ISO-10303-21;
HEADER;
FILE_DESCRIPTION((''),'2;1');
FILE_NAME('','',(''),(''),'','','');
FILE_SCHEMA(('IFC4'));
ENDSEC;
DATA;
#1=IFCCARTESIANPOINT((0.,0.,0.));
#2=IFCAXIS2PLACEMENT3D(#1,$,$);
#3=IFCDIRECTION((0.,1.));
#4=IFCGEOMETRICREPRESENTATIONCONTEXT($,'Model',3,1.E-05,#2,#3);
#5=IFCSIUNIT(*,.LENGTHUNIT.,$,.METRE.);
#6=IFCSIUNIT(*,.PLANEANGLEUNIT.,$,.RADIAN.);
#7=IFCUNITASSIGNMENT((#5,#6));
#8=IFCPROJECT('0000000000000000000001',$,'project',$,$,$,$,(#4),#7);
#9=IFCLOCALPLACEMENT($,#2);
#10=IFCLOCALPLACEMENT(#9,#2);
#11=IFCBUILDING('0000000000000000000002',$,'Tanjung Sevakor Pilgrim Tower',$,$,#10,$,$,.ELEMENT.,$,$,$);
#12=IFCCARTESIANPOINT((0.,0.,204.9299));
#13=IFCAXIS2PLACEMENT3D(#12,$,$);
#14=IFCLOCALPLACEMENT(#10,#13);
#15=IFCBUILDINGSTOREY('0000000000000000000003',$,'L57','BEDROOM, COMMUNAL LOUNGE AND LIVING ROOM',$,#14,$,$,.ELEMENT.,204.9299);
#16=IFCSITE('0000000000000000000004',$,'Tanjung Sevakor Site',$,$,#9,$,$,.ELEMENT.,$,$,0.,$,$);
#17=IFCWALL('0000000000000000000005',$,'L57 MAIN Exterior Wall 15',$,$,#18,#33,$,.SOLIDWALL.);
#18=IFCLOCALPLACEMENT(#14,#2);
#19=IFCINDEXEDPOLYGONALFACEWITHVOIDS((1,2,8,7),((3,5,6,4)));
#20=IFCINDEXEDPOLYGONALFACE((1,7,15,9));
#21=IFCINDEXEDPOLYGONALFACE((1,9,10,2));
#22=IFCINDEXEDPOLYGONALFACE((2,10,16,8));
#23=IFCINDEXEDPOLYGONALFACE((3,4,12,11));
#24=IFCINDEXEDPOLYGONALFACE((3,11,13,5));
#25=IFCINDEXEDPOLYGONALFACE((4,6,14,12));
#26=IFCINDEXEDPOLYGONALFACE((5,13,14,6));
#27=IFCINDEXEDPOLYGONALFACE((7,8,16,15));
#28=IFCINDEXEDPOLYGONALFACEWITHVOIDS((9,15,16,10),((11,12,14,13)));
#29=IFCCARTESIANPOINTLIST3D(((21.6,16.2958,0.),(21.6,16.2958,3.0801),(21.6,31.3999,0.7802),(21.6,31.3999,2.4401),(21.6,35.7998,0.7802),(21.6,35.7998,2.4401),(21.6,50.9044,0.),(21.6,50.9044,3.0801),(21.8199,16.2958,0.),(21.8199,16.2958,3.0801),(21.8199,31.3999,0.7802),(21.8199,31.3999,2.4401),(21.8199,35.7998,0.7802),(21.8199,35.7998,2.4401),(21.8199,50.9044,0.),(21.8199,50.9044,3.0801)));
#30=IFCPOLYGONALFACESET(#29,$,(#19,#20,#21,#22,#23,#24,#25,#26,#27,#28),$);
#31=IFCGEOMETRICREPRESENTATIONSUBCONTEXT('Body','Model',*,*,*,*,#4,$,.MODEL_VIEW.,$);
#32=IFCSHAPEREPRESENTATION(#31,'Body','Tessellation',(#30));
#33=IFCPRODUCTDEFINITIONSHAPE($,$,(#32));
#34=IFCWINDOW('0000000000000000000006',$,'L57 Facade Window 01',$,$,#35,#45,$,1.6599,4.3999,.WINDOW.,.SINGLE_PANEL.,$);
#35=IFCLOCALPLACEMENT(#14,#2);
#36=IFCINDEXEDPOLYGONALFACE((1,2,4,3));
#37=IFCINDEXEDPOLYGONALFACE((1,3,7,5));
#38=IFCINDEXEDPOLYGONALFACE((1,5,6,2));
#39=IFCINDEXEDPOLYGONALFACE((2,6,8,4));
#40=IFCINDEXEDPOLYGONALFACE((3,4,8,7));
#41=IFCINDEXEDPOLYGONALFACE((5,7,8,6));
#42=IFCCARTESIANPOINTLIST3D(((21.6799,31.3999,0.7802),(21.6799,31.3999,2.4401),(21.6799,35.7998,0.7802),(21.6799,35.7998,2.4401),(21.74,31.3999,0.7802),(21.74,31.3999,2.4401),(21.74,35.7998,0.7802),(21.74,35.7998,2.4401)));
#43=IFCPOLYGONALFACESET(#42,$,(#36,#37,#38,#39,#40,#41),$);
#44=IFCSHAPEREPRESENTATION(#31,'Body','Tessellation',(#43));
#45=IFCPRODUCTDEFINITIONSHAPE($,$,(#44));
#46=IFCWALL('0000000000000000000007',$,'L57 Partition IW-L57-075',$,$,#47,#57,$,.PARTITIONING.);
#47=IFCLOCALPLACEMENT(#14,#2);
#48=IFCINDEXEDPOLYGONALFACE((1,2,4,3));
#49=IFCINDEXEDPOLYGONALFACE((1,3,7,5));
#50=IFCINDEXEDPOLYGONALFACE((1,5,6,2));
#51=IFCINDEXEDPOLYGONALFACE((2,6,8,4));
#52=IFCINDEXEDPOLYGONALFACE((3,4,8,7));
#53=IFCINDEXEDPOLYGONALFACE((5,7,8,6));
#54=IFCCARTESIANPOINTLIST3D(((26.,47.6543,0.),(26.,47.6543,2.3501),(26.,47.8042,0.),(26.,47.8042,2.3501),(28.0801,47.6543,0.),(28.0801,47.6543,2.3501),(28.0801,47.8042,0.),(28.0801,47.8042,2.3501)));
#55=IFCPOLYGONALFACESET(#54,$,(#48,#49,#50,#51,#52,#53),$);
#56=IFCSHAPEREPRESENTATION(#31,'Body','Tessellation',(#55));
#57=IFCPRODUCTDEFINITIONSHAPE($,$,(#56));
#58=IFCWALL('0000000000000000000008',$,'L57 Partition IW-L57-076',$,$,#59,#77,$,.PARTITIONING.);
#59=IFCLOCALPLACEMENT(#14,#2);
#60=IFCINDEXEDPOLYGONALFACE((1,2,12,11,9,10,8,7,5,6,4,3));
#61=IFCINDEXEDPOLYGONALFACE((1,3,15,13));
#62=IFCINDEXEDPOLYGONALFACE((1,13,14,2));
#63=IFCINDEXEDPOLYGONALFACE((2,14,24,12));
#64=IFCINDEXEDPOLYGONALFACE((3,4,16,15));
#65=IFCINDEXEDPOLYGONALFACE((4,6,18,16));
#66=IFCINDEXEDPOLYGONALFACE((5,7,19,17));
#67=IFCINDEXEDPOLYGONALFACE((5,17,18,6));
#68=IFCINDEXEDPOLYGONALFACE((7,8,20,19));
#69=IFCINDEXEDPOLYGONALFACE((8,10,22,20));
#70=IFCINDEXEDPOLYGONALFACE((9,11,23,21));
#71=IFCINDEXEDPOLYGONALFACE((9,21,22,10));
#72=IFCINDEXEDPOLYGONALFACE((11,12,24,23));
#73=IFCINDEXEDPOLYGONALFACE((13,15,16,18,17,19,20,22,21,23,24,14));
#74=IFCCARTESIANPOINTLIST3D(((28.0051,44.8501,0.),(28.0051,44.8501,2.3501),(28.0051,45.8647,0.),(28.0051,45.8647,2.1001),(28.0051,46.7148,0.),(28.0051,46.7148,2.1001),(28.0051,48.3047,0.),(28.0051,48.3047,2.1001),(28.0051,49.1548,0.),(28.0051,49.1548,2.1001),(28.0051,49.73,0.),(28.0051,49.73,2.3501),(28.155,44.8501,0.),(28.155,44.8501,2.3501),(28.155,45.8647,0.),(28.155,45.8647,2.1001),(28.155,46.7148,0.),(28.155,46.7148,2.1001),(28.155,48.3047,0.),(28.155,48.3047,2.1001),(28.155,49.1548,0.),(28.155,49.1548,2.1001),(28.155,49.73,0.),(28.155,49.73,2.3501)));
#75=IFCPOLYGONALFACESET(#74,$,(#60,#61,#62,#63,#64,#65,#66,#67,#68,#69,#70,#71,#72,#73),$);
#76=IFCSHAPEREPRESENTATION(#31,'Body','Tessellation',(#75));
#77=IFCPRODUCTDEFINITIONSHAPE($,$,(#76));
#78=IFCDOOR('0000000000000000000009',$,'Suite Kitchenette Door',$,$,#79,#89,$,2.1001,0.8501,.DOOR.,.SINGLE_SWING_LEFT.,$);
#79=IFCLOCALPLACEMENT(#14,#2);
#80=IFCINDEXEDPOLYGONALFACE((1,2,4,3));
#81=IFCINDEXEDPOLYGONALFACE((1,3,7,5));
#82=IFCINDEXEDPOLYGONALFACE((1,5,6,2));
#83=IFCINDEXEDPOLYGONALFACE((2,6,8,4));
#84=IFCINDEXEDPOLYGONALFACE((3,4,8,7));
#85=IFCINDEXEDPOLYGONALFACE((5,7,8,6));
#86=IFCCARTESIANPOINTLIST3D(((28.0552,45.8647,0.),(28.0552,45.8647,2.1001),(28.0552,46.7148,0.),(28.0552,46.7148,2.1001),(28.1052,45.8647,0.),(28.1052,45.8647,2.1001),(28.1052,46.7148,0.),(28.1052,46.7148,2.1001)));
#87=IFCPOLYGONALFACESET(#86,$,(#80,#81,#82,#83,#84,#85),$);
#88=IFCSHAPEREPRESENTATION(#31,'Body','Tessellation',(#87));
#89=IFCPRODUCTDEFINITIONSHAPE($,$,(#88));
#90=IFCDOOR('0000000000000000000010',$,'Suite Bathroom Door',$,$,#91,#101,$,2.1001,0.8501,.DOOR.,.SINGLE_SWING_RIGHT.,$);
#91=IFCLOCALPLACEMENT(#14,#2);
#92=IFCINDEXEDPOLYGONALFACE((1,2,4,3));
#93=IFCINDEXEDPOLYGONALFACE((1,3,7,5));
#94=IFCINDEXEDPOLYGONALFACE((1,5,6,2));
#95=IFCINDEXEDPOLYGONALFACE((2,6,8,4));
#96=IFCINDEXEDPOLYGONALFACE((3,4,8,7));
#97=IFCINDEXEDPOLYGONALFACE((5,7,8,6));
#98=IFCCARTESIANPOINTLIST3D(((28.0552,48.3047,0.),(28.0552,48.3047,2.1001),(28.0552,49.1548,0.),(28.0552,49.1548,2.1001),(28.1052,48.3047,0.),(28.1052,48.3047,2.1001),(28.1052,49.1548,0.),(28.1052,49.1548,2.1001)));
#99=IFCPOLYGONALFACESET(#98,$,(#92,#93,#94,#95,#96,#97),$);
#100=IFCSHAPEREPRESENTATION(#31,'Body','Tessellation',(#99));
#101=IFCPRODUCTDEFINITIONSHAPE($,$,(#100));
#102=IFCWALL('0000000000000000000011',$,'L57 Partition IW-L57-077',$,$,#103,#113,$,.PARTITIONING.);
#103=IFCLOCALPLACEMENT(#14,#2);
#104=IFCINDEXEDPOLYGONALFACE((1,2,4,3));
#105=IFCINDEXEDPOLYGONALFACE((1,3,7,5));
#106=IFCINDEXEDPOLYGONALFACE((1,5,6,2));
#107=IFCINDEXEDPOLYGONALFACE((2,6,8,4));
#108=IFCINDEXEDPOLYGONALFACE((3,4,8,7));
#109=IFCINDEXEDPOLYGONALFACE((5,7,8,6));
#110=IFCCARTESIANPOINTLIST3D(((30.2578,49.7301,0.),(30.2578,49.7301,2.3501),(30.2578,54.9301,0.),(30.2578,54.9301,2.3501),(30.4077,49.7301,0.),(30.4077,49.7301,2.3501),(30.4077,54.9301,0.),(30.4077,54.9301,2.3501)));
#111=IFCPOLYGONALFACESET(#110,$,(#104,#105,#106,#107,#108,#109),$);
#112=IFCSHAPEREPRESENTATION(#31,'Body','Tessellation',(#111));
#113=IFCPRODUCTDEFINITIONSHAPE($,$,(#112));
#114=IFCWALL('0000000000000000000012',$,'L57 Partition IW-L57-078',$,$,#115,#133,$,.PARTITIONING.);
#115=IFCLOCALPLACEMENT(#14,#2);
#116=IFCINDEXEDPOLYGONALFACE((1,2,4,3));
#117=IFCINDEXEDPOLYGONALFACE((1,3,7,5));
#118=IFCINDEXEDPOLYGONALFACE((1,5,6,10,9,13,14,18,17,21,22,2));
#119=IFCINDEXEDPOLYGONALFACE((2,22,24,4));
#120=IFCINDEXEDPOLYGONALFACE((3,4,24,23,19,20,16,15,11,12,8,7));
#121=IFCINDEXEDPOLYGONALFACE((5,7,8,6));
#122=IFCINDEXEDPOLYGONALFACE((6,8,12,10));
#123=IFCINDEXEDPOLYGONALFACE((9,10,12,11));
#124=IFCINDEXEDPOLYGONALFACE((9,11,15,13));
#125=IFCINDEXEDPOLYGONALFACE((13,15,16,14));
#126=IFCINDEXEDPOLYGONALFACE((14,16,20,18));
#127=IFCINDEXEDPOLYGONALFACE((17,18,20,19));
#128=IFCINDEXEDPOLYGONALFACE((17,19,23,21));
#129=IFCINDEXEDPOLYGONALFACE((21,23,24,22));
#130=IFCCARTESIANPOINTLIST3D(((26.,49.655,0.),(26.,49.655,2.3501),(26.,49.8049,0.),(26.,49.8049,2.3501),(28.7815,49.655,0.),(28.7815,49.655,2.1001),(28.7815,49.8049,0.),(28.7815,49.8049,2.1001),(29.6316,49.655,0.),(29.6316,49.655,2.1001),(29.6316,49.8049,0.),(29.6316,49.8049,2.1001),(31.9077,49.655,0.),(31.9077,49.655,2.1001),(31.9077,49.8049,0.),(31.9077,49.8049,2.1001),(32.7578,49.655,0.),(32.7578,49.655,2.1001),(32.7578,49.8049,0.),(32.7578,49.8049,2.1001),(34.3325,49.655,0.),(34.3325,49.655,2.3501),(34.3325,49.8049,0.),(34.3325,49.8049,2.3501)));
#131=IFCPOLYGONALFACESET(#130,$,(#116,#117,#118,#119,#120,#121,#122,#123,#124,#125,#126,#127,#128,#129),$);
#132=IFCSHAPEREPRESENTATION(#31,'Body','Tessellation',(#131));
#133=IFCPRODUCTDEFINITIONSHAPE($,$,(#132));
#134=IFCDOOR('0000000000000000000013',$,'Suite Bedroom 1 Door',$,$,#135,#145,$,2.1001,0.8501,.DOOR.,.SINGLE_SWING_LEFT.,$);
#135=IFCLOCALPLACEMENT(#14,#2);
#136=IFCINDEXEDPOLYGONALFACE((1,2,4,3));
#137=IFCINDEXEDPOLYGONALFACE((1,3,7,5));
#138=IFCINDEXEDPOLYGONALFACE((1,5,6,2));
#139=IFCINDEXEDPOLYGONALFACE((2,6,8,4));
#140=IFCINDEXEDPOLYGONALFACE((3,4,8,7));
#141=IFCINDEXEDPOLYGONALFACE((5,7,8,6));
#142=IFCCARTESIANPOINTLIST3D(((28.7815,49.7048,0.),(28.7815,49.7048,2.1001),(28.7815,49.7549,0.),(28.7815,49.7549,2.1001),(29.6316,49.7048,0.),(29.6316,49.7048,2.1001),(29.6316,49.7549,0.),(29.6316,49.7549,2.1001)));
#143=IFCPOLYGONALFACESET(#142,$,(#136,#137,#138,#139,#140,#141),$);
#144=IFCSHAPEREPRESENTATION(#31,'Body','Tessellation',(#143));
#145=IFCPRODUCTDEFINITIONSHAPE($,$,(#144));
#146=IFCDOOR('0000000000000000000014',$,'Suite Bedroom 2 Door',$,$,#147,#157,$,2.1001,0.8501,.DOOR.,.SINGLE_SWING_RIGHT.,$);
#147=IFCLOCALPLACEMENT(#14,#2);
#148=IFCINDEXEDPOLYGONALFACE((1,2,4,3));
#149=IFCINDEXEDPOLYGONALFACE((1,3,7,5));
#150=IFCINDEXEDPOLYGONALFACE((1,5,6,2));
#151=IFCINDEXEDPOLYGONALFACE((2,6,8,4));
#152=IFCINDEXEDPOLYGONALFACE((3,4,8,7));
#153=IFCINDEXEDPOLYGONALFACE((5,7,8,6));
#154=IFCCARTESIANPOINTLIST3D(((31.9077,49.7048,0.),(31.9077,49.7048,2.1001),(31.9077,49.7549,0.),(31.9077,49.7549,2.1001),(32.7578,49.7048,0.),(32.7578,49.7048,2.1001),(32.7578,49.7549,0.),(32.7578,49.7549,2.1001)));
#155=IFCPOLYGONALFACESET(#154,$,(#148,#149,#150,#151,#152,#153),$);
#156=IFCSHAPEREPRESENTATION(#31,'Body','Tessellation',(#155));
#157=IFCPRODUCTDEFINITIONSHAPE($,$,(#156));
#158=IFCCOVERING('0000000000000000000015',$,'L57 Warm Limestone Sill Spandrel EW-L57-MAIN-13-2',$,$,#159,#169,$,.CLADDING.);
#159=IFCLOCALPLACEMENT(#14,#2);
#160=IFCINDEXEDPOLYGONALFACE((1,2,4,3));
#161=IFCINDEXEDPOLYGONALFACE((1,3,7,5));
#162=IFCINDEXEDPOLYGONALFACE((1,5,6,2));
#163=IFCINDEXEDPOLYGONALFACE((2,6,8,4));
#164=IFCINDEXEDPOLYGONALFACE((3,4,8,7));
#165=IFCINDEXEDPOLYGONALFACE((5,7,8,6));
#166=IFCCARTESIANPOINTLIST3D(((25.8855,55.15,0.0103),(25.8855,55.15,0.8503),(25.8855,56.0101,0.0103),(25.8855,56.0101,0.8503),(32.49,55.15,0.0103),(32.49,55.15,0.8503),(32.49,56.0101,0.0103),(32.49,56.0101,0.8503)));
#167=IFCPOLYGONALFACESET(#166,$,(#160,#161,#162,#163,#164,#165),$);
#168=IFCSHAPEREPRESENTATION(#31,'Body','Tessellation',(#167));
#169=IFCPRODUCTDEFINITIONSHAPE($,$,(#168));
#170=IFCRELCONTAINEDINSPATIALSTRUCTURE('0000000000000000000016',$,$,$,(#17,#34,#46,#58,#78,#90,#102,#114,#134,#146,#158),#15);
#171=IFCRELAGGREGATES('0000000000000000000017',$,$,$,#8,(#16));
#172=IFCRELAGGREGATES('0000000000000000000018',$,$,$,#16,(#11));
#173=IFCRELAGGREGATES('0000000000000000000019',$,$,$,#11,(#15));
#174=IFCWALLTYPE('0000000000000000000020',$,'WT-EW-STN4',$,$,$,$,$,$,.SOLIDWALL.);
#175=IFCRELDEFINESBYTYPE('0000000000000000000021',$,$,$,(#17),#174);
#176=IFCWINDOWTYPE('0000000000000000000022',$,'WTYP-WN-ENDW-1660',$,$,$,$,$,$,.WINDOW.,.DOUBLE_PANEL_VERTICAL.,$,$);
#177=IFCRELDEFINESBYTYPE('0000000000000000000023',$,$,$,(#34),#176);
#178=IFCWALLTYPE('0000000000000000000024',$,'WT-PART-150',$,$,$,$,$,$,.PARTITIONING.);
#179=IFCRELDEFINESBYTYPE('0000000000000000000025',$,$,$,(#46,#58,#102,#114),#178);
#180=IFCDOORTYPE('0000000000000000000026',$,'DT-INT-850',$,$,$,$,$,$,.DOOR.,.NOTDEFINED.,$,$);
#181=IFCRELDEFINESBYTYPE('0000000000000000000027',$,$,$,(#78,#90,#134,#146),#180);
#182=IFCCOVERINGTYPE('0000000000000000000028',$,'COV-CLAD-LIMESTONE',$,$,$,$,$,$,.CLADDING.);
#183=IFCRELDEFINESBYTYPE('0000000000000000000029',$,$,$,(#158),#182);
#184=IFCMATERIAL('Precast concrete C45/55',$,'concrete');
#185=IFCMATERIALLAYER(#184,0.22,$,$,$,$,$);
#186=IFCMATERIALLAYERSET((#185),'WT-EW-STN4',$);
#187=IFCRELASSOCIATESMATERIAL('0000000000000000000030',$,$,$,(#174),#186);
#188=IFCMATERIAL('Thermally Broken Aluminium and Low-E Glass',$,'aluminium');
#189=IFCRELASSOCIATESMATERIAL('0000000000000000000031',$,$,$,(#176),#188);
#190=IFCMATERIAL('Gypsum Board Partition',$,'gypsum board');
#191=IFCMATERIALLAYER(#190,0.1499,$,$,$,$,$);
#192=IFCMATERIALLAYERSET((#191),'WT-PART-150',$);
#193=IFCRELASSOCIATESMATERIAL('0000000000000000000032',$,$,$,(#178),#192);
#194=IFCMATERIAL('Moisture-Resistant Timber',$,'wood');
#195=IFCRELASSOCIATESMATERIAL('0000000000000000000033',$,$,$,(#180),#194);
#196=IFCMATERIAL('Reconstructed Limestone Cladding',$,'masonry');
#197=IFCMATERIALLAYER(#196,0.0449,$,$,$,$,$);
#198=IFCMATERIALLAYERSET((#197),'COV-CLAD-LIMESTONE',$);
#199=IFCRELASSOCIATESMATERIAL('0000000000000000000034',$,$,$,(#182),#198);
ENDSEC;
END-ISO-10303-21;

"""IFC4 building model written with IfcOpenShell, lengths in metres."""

from ifc_helpers import new_model, si_unit, direction, frame, frame_2d, origin, origin_2d, place, context, subcontext, project, spatial, rectangle, extrude, material, layer, layer_set, type_object, element, fill, save


model = new_model("IFC4")

# Units and contexts
model_context = context("Model", 3, precision=1e-05, world=origin(), true_north=direction((0.0, 1.0)))
body_context = subcontext(model_context, "Body", "Model", "MODEL_VIEW")
ifc_project = project(units=[si_unit("LENGTHUNIT", "METRE"), si_unit("PLANEANGLEUNIT", "RADIAN")], contexts=[model_context])

# Site, building, storey
site_placement = place(None, origin())
site = spatial("IfcSite", under=ifc_project, at=site_placement, Name="Tanjung Sevakor Site", CompositionType="ELEMENT", RefElevation=0.0)
building_placement = place(site_placement, origin())
building = spatial("IfcBuilding", under=site, at=building_placement, Name="Tanjung Sevakor Pilgrim Tower", CompositionType="ELEMENT")
storey_placement = place(building_placement, frame((0.0, 0.0, 204.9299)))
storey = spatial("IfcBuildingStorey", under=building, at=storey_placement, Name="L57", Description="BEDROOM, COMMUNAL LOUNGE AND LIVING ROOM", CompositionType="ELEMENT", Elevation=204.9299)

# Wall, opening, window
ifc_material_1 = material(Name="Precast concrete C45/55", Category="concrete")
ifc_layer_1 = layer(ifc_material_1, 0.22)
ifc_layer_set_1 = layer_set([ifc_layer_1], Name="WT-EW-STN4")
wall_type_1 = type_object("IfcWallType", Name="WT-EW-STN4", PredefinedType="SOLIDWALL", material=ifc_layer_set_1)
wall_1_placement = place(storey_placement, frame((21.71, 50.9043, 0.0), z_axis=(0.0, 0.0, 1.0), x_axis=(0.0, -1.0, 0.0)))
wall_1 = element("IfcWall", 1, at=wall_1_placement, inside=storey, type_object=wall_type_1, Name="L57 MAIN Exterior Wall 15", PredefinedType="SOLIDWALL", context=body_context, shape_type="SweptSolid", body=[
    extrude(rectangle(XDim=34.6086, YDim=0.22, at=frame_2d((17.3042, 0.0))), origin(), (0.0, 0.0, 1.0), 3.0801),
])
opening_1_placement = place(wall_1_placement, frame((15.1045, 0.0, 0.78)))
opening_1 = element("IfcOpeningElement", 2, at=opening_1_placement, cuts=wall_1, PredefinedType="OPENING", context=body_context, shape_type="SweptSolid", body=[
    extrude(rectangle(XDim=4.3999, YDim=1.6599, at=frame_2d((2.2, 0.8301))), frame((0.0, 0.1199, 0.0), z_axis=(0.0, -1.0, 0.0), x_axis=(1.0, 0.0, 0.0)), (0.0, 0.0, 1.0), 0.24),
])
ifc_material_2 = material(Name="Thermally Broken Aluminium and Low-E Glass", Category="aluminium")
window_type = type_object("IfcWindowType", Name="WTYP-WN-ENDW-1660", PartitioningType="DOUBLE_PANEL_VERTICAL", PredefinedType="WINDOW", material=ifc_material_2)
window_placement = place(opening_1_placement, origin())
window = element("IfcWindow", 3, at=window_placement, inside=storey, type_object=window_type, Name="L57 Facade Window 01", OverallHeight=1.6599, OverallWidth=4.3999, PartitioningType="SINGLE_PANEL", PredefinedType="WINDOW", context=body_context, shape_type="SweptSolid", body=[
    extrude(rectangle(XDim=4.3999, YDim=1.6599, at=frame_2d((2.2, 0.8301))), frame((0.0, 0.03, 0.0), z_axis=(0.0, -1.0, 0.0), x_axis=(1.0, 0.0, 0.0)), (0.0, 0.0, 1.0), 0.0601),
])
fill(opening_1, window)

# Wall
ifc_material_3 = material(Name="Gypsum Board Partition", Category="gypsum board")
ifc_layer_2 = layer(ifc_material_3, 0.1499)
ifc_layer_set_2 = layer_set([ifc_layer_2], Name="WT-PART-150")
wall_type_2 = type_object("IfcWallType", Name="WT-PART-150", PredefinedType="PARTITIONING", material=ifc_layer_set_2)
wall_2_placement = place(storey_placement, frame((26.0, 47.7292, 0.0), z_axis=(0.0, 0.0, 1.0), x_axis=(1.0, 0.0, 0.0)))
element("IfcWall", 4, at=wall_2_placement, inside=storey, type_object=wall_type_2, Name="L57 Partition IW-L57-075", PredefinedType="PARTITIONING", context=body_context, shape_type="SweptSolid", body=[
    extrude(rectangle(XDim=2.0801, YDim=0.1499, at=frame_2d((1.04, 0.0))), origin(), (0.0, 0.0, 1.0), 2.3501),
])

# Wall, openings, doors
wall_3_placement = place(storey_placement, frame((28.0801, 44.8501, 0.0), z_axis=(0.0, 0.0, 1.0), x_axis=(0.0, 1.0, 0.0)))
wall_3 = element("IfcWall", 5, at=wall_3_placement, inside=storey, type_object=wall_type_2, Name="L57 Partition IW-L57-076", PredefinedType="PARTITIONING", context=body_context, shape_type="SweptSolid", body=[
    extrude(rectangle(XDim=4.8799, YDim=0.1499, at=frame_2d((2.4399, 0.0))), origin(), (0.0, 0.0, 1.0), 2.3501),
])
opening_2_placement = place(wall_3_placement, frame((1.0146, 0.0, 0.0)))
opening_2 = element("IfcOpeningElement", 6, at=opening_2_placement, cuts=wall_3, PredefinedType="OPENING", context=body_context, shape_type="SweptSolid", body=[
    extrude(rectangle(XDim=0.8501, YDim=2.1001, at=frame_2d((0.425, 1.05))), frame((0.0, 0.085, 0.0), z_axis=(0.0, -1.0, 0.0), x_axis=(1.0, 0.0, 0.0)), (0.0, 0.0, 1.0), 0.1699),
])
opening_3_placement = place(wall_3_placement, frame((3.4546, 0.0, 0.0)))
opening_3 = element("IfcOpeningElement", 7, at=opening_3_placement, cuts=wall_3, PredefinedType="OPENING", context=body_context, shape_type="SweptSolid", body=[
    extrude(rectangle(XDim=0.8501, YDim=2.1001, at=frame_2d((0.425, 1.05))), frame((0.0, 0.085, 0.0), z_axis=(0.0, -1.0, 0.0), x_axis=(1.0, 0.0, 0.0)), (0.0, 0.0, 1.0), 0.1699),
])
ifc_material_4 = material(Name="Moisture-Resistant Timber", Category="wood")
door_type_1 = type_object("IfcDoorType", Name="DT-INT-850", OperationType="NOTDEFINED", PredefinedType="DOOR", material=ifc_material_4)
door_1_placement = place(opening_2_placement, origin())
door_1 = element("IfcDoor", 8, at=door_1_placement, inside=storey, type_object=door_type_1, Name="Suite Kitchenette Door", OperationType="SINGLE_SWING_LEFT", OverallHeight=2.1001, OverallWidth=0.8501, PredefinedType="DOOR", context=body_context, shape_type="SweptSolid", body=[
    extrude(rectangle(XDim=0.8501, YDim=2.1001, at=frame_2d((0.425, 1.05))), frame((0.0, 0.0249, 0.0), z_axis=(0.0, -1.0, 0.0), x_axis=(1.0, 0.0, 0.0)), (0.0, 0.0, 1.0), 0.05),
])
fill(opening_2, door_1)
door_2_placement = place(opening_3_placement, origin())
door_2 = element("IfcDoor", 9, at=door_2_placement, inside=storey, type_object=door_type_1, Name="Suite Bathroom Door", OperationType="SINGLE_SWING_RIGHT", OverallHeight=2.1001, OverallWidth=0.8501, PredefinedType="DOOR", context=body_context, shape_type="SweptSolid", body=[
    extrude(rectangle(XDim=0.8501, YDim=2.1001, at=frame_2d((0.425, 1.05))), frame((0.0, 0.0249, 0.0), z_axis=(0.0, -1.0, 0.0), x_axis=(1.0, 0.0, 0.0)), (0.0, 0.0, 1.0), 0.05),
])
fill(opening_3, door_2)

# Wall
wall_4_placement = place(storey_placement, frame((30.3328, 49.73, 0.0), z_axis=(0.0, 0.0, 1.0), x_axis=(0.0, 1.0, 0.0)))
element("IfcWall", 10, at=wall_4_placement, inside=storey, type_object=wall_type_2, Name="L57 Partition IW-L57-077", PredefinedType="PARTITIONING", context=body_context, shape_type="SweptSolid", body=[
    extrude(rectangle(XDim=5.2, YDim=0.1499, at=frame_2d((2.6001, 0.0))), origin(), (0.0, 0.0, 1.0), 2.3501),
])

# Wall, openings, doors
wall_5_placement = place(storey_placement, frame((26.0, 49.73, 0.0), z_axis=(0.0, 0.0, 1.0), x_axis=(1.0, 0.0, 0.0)))
wall_5 = element("IfcWall", 11, at=wall_5_placement, inside=storey, type_object=wall_type_2, Name="L57 Partition IW-L57-078", PredefinedType="PARTITIONING", context=body_context, shape_type="SweptSolid", body=[
    extrude(rectangle(XDim=8.3325, YDim=0.1499, at=frame_2d((4.1663, 0.0))), origin(), (0.0, 0.0, 1.0), 2.3501),
])
opening_4_placement = place(wall_5_placement, frame((2.7815, 0.0, 0.0)))
opening_4 = element("IfcOpeningElement", 12, at=opening_4_placement, cuts=wall_5, PredefinedType="OPENING", context=body_context, shape_type="SweptSolid", body=[
    extrude(rectangle(XDim=0.8501, YDim=2.1001, at=frame_2d((0.425, 1.05))), frame((0.0, 0.085, 0.0), z_axis=(0.0, -1.0, 0.0), x_axis=(1.0, 0.0, 0.0)), (0.0, 0.0, 1.0), 0.1699),
])
opening_5_placement = place(wall_5_placement, frame((5.9077, 0.0, 0.0)))
opening_5 = element("IfcOpeningElement", 13, at=opening_5_placement, cuts=wall_5, PredefinedType="OPENING", context=body_context, shape_type="SweptSolid", body=[
    extrude(rectangle(XDim=0.8501, YDim=2.1001, at=frame_2d((0.425, 1.05))), frame((0.0, 0.085, 0.0), z_axis=(0.0, -1.0, 0.0), x_axis=(1.0, 0.0, 0.0)), (0.0, 0.0, 1.0), 0.1699),
])
door_3_placement = place(opening_4_placement, origin())
door_3 = element("IfcDoor", 14, at=door_3_placement, inside=storey, type_object=door_type_1, Name="Suite Bedroom 1 Door", OperationType="SINGLE_SWING_LEFT", OverallHeight=2.1001, OverallWidth=0.8501, PredefinedType="DOOR", context=body_context, shape_type="SweptSolid", body=[
    extrude(rectangle(XDim=0.8501, YDim=2.1001, at=frame_2d((0.425, 1.05))), frame((0.0, 0.0249, 0.0), z_axis=(0.0, -1.0, 0.0), x_axis=(1.0, 0.0, 0.0)), (0.0, 0.0, 1.0), 0.05),
])
fill(opening_4, door_3)
door_4_placement = place(opening_5_placement, origin())
door_4 = element("IfcDoor", 15, at=door_4_placement, inside=storey, type_object=door_type_1, Name="Suite Bedroom 2 Door", OperationType="SINGLE_SWING_RIGHT", OverallHeight=2.1001, OverallWidth=0.8501, PredefinedType="DOOR", context=body_context, shape_type="SweptSolid", body=[
    extrude(rectangle(XDim=0.8501, YDim=2.1001, at=frame_2d((0.425, 1.05))), frame((0.0, 0.0249, 0.0), z_axis=(0.0, -1.0, 0.0), x_axis=(1.0, 0.0, 0.0)), (0.0, 0.0, 1.0), 0.05),
])
fill(opening_5, door_4)

# Covering
ifc_material_5 = material(Name="Reconstructed Limestone Cladding", Category="masonry")
ifc_layer_3 = layer(ifc_material_5, 0.0449)
ifc_layer_set_3 = layer_set([ifc_layer_3], Name="COV-CLAD-LIMESTONE")
covering_type = type_object("IfcCoveringType", Name="COV-CLAD-LIMESTONE", PredefinedType="CLADDING", material=ifc_layer_set_3)
covering_1_placement = place(storey_placement, frame((29.1877, 55.5801, 0.0103), z_axis=(0.0, 0.0, 1.0), x_axis=(-1.0, 0.0, 0.0)))
element("IfcCovering", 16, at=covering_1_placement, inside=storey, type_object=covering_type, Name="L57 Warm Limestone Sill Spandrel EW-L57-MAIN-13-2", PredefinedType="CLADDING", context=body_context, shape_type="SweptSolid", body=[
    extrude(rectangle(XDim=6.6045, YDim=0.8601, at=origin_2d()), origin(), (0.0, 0.0, 1.0), 0.8401),
])

save(model, "model.ifc")
